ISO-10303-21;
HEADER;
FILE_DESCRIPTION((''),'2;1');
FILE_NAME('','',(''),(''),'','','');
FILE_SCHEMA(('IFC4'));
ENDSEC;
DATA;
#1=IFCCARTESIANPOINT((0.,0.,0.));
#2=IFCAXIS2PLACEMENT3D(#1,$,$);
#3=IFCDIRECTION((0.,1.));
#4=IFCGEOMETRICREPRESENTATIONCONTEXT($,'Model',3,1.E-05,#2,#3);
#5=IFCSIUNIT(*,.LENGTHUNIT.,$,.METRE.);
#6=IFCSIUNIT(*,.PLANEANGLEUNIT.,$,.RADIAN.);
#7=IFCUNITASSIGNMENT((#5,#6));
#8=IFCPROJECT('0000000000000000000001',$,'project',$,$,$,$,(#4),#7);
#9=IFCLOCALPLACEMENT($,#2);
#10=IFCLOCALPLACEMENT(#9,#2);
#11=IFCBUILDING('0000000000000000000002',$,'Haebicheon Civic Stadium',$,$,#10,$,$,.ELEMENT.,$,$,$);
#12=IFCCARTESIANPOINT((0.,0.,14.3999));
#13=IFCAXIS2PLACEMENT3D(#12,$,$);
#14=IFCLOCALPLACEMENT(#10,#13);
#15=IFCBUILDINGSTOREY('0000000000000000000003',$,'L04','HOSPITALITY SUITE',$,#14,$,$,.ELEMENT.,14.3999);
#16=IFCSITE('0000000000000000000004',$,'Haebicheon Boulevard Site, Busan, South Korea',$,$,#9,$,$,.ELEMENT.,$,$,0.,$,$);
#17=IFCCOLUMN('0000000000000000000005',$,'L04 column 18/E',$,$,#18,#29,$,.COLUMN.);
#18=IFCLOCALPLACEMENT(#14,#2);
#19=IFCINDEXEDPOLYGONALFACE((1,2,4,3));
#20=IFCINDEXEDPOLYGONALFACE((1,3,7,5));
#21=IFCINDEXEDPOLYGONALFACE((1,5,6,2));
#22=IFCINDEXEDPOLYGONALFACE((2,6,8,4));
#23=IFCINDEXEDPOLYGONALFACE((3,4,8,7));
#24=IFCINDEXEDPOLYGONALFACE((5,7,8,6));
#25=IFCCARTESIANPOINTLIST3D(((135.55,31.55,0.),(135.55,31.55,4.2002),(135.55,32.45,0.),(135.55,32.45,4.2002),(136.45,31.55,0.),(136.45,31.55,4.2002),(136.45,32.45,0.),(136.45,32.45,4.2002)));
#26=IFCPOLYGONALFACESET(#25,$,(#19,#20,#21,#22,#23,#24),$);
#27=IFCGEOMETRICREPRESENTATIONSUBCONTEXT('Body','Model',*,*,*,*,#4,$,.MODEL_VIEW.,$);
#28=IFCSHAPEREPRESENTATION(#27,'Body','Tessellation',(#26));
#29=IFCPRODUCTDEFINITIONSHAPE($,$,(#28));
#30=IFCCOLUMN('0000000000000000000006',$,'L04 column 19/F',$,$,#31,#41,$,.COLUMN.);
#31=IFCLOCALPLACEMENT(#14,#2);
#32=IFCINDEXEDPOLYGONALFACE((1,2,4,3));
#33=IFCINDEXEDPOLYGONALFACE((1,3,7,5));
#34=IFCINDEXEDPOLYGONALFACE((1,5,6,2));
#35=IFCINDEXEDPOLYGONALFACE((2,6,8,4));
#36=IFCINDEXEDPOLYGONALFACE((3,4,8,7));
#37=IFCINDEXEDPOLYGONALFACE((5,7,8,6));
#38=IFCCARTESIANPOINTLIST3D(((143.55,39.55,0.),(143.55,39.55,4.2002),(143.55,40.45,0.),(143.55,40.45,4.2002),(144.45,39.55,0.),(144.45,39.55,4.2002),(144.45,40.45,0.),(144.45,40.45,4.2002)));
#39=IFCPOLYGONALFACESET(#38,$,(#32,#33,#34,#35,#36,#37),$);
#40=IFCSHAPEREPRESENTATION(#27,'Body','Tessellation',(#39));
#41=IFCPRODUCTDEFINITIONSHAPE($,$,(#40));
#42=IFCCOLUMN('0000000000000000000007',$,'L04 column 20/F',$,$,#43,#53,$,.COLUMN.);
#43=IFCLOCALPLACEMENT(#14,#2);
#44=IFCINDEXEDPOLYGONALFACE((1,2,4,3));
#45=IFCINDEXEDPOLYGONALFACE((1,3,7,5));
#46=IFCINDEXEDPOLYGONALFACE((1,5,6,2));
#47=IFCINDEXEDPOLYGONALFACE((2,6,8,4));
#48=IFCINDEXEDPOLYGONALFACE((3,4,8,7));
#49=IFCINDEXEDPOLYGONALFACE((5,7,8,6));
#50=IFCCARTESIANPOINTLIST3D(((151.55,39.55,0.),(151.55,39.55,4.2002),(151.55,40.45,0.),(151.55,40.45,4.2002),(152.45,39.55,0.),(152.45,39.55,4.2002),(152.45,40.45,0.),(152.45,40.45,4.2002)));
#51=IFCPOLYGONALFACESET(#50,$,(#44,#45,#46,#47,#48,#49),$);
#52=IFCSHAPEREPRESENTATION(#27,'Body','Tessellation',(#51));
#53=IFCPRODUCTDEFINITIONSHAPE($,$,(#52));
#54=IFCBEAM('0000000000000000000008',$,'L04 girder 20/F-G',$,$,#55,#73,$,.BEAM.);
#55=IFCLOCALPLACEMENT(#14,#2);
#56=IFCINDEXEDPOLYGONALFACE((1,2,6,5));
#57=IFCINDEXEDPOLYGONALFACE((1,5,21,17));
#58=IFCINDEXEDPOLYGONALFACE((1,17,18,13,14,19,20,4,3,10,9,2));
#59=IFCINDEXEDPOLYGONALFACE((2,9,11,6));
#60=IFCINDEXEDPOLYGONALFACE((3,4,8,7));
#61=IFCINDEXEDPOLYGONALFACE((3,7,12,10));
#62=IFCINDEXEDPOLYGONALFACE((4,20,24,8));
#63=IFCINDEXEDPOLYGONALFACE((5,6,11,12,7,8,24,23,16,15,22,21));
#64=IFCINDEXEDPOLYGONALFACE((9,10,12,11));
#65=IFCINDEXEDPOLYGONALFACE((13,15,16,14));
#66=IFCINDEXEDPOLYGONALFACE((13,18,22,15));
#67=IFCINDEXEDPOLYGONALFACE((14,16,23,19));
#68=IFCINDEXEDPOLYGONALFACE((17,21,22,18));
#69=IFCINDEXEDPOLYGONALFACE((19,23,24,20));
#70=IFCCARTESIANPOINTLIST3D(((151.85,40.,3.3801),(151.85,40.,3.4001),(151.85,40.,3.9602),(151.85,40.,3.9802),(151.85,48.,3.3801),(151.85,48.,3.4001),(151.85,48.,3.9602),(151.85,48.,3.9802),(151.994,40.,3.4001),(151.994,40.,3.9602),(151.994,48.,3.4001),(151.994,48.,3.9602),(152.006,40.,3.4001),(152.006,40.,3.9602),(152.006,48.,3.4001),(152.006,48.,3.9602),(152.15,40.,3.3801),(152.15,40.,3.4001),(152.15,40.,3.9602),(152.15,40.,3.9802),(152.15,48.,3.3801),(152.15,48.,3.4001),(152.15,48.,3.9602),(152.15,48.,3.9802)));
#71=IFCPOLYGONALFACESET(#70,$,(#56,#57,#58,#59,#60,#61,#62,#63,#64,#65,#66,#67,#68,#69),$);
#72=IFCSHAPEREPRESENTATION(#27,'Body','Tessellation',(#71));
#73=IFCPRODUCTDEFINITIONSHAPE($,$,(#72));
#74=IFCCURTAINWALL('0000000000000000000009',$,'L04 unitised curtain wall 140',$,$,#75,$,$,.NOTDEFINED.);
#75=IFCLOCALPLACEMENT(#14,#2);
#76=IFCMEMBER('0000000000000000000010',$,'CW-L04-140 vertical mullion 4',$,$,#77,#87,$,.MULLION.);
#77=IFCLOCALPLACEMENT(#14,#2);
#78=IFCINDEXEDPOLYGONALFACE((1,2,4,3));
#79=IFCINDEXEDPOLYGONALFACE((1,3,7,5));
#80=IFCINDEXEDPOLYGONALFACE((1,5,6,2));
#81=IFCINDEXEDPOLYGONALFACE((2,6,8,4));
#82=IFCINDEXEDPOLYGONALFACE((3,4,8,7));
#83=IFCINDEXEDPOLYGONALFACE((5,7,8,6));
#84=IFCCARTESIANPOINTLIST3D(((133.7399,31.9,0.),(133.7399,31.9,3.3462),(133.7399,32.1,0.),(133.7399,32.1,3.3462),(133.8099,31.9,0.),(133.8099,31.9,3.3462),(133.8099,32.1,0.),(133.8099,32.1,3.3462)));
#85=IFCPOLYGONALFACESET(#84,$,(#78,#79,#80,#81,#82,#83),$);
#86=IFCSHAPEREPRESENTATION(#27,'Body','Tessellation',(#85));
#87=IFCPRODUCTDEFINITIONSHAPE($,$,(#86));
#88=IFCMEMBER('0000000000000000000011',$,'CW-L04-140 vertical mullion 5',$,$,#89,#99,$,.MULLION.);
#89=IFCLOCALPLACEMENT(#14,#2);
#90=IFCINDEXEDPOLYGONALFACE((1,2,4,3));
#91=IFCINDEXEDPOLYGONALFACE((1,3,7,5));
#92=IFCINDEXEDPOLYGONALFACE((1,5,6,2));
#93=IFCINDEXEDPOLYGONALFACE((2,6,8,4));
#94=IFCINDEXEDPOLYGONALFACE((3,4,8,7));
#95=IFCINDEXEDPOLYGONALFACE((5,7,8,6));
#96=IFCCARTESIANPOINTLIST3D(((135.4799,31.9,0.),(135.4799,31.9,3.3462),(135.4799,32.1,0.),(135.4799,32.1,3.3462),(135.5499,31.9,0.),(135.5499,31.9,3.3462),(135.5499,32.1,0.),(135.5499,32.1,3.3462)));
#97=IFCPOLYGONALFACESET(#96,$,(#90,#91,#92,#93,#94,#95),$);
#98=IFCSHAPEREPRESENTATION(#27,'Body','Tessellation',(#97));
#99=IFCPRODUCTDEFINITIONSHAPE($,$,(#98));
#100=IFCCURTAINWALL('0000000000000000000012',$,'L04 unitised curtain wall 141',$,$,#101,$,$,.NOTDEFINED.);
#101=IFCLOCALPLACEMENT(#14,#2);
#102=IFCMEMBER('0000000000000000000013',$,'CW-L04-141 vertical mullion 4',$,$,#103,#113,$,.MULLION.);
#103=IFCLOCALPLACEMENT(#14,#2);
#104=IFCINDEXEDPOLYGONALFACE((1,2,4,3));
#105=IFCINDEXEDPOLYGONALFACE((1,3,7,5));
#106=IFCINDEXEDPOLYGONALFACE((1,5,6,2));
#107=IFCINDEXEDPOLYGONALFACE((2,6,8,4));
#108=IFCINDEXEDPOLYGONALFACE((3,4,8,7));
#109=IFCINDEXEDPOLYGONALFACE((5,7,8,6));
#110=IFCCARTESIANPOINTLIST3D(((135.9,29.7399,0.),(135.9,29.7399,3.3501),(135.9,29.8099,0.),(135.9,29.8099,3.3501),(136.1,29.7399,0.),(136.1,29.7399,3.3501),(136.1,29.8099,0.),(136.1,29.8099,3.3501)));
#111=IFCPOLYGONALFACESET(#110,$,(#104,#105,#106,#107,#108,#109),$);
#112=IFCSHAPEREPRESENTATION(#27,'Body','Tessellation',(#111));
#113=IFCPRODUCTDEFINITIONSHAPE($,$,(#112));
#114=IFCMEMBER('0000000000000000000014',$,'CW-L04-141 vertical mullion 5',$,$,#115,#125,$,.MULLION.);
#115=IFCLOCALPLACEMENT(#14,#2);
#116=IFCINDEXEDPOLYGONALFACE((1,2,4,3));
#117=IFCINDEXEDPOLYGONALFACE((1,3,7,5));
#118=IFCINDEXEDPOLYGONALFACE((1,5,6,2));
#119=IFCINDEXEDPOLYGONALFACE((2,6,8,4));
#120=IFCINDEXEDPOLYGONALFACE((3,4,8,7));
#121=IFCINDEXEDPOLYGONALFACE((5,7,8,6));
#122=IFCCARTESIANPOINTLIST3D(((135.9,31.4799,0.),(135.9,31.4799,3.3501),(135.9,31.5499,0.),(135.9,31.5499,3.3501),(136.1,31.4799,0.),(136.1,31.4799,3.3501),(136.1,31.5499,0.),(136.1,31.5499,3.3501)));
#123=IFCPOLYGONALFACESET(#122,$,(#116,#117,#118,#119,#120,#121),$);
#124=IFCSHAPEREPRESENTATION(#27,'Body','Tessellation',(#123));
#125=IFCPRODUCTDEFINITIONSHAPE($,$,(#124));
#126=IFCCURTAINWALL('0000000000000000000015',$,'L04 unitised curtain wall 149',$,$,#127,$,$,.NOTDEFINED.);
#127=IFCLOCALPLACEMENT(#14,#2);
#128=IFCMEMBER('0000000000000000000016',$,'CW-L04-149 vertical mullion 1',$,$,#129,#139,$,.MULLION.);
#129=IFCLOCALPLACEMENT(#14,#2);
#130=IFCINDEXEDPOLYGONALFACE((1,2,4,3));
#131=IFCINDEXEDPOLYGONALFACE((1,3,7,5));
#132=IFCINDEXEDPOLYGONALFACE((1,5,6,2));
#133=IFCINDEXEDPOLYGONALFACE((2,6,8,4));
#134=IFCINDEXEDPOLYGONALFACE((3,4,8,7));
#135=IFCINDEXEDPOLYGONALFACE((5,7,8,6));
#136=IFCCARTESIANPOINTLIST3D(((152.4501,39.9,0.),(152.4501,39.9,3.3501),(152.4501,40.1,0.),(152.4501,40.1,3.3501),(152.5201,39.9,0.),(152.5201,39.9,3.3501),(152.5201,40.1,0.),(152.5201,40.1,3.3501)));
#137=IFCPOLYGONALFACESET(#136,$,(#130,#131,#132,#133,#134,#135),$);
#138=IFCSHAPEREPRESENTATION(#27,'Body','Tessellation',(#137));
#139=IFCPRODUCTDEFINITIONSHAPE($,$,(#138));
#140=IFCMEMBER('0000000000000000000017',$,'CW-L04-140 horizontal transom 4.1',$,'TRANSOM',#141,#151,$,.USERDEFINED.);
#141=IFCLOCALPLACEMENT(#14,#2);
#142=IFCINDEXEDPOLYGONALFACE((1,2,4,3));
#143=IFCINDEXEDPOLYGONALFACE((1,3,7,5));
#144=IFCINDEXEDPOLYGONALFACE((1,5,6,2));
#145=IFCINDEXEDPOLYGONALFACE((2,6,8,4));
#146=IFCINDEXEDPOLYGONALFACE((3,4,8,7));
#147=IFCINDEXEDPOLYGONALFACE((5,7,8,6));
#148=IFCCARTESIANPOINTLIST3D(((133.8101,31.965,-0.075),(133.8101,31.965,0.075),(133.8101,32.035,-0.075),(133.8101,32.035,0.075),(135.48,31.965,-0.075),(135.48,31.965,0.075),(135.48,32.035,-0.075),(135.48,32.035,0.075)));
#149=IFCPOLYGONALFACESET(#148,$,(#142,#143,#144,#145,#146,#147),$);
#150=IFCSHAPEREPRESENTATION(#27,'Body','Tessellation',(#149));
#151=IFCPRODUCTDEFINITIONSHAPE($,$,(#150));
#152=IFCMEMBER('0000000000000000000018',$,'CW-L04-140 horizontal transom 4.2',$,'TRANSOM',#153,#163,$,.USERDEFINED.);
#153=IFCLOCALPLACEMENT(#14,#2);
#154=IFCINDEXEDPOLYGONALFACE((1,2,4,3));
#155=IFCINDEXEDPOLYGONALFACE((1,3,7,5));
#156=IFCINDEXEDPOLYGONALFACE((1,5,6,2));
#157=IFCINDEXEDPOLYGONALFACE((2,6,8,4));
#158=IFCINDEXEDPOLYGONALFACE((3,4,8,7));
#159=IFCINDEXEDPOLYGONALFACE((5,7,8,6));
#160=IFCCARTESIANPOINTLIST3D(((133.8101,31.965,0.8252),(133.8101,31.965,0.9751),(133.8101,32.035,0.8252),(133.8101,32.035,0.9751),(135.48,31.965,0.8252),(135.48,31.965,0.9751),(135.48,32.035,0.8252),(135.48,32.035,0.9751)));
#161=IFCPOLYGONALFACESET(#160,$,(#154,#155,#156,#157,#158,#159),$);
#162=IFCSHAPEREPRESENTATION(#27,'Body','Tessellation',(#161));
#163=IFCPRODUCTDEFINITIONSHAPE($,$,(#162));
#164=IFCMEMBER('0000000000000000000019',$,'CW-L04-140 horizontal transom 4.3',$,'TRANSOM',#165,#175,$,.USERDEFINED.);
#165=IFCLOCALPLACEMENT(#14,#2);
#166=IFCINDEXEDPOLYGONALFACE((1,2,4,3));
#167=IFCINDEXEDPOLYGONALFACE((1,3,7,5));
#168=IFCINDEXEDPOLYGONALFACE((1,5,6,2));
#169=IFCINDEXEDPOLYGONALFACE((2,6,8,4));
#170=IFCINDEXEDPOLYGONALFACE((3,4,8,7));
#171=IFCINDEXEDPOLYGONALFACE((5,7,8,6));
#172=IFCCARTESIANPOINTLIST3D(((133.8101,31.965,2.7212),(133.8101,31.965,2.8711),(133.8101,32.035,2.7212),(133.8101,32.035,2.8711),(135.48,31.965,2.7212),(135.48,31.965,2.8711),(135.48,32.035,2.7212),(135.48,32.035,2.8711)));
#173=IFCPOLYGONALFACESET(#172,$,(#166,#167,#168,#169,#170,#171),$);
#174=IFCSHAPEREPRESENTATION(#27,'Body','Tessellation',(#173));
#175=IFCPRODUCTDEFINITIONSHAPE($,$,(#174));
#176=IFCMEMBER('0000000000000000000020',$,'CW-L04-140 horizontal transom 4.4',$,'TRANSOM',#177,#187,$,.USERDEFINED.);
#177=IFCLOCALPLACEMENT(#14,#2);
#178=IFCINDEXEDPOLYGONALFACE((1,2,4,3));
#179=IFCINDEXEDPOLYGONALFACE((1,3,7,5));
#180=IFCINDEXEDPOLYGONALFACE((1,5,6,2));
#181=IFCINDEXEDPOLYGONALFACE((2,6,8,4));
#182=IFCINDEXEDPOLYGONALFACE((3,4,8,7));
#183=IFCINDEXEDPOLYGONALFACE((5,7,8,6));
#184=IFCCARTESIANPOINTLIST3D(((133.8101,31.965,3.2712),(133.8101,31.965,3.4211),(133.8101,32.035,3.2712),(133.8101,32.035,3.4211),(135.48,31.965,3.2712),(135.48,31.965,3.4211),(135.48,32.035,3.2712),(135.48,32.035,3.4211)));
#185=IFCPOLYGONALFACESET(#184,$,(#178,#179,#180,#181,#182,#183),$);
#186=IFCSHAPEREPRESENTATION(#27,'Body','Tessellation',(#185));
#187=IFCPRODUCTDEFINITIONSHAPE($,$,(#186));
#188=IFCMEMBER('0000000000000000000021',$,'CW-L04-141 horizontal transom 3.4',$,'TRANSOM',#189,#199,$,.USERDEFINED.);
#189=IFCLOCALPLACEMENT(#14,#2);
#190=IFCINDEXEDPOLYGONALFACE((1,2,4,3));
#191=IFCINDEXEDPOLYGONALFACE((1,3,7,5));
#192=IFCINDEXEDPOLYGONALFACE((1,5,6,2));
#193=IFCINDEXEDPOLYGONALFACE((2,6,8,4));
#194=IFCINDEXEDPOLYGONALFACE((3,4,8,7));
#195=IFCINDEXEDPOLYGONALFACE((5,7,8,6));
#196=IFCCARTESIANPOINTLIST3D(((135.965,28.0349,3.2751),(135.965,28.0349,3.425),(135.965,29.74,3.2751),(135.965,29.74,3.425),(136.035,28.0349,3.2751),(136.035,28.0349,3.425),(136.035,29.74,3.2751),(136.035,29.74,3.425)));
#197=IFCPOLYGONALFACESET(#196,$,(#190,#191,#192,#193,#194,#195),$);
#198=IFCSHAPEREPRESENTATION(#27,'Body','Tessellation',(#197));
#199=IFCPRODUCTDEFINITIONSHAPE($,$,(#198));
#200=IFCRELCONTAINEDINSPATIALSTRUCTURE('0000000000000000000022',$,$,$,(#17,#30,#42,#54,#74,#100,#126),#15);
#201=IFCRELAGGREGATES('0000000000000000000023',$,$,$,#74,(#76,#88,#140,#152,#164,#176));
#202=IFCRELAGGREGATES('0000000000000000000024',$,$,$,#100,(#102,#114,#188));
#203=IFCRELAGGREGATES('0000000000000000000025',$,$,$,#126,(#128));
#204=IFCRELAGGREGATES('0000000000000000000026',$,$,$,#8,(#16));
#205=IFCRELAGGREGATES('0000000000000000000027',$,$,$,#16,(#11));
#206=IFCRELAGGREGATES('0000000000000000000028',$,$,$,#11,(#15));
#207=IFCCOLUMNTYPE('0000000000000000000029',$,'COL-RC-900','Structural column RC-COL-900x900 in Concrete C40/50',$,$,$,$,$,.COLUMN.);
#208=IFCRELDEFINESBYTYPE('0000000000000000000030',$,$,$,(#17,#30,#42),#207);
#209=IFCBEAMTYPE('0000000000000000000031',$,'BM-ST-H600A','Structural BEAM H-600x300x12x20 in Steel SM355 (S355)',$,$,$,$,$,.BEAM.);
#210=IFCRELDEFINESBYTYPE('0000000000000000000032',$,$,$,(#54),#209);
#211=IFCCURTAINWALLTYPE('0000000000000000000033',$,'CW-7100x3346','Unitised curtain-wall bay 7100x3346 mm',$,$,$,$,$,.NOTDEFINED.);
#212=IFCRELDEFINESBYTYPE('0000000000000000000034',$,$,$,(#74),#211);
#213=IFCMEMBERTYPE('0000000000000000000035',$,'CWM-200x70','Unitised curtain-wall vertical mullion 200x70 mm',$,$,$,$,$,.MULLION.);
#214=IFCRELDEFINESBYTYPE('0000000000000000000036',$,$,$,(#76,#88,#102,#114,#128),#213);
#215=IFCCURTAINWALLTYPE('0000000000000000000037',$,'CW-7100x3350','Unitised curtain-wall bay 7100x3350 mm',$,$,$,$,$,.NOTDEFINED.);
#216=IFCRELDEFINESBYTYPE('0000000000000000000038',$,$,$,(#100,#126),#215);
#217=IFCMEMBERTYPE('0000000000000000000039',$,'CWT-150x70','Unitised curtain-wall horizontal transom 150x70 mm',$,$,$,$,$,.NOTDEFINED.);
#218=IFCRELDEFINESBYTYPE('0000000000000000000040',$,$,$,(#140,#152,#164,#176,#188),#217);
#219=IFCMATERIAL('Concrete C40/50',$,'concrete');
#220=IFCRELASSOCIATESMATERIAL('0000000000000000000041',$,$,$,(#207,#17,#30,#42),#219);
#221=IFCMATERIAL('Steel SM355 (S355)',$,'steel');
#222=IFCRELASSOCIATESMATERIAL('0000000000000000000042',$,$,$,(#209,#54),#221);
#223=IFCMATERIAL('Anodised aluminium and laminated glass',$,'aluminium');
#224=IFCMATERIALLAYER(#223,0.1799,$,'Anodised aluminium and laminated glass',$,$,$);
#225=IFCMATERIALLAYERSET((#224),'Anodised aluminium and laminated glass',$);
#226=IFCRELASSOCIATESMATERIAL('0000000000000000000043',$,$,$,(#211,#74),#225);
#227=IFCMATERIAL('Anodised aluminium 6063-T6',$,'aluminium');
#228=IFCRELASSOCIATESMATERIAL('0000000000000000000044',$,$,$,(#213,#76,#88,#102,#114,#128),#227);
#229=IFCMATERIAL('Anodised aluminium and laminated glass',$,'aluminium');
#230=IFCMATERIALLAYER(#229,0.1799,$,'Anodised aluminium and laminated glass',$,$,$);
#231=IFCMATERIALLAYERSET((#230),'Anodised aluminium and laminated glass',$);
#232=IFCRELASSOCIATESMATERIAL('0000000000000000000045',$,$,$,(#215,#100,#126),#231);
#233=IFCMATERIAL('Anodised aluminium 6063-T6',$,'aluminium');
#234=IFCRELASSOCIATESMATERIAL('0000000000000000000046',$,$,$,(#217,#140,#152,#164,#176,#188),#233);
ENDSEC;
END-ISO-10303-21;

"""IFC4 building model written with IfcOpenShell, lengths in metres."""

from ifc_helpers import new_model, si_unit, direction, frame, origin, origin_2d, place, context, subcontext, project, spatial, rectangle, i_section, extrude, material, layer, layer_set, material_profile, profile_set, type_object, element, aggregate, save


model = new_model("IFC4")

# Units and contexts
model_context = context("Model", 3, precision=1e-05, world=origin(), true_north=direction((0.0, 1.0)))
body_context = subcontext(model_context, "Body", "Model", "MODEL_VIEW")
ifc_project = project(units=[si_unit("LENGTHUNIT", "METRE"), si_unit("PLANEANGLEUNIT", "RADIAN")], contexts=[model_context])

# Site, building, storey
site_placement = place(None, origin())
site = spatial("IfcSite", under=ifc_project, at=site_placement, Name="Haebicheon Boulevard Site, Busan, South Korea", CompositionType="ELEMENT", RefElevation=0.0)
building_placement = place(site_placement, origin())
building = spatial("IfcBuilding", under=site, at=building_placement, Name="Haebicheon Civic Stadium", CompositionType="ELEMENT")
storey_placement = place(building_placement, frame((0.0, 0.0, 14.3999)))
storey = spatial("IfcBuildingStorey", under=building, at=storey_placement, Name="L04", Description="HOSPITALITY SUITE", CompositionType="ELEMENT", Elevation=14.3999)

# Columns
ifc_material_1 = material(Name="Concrete C40/50", Category="concrete")
ifc_material_profile_1 = material_profile(ifc_material_1, rectangle(XDim=0.8999, YDim=0.8999, at=origin_2d()), Name="RC-COL-900x900")
ifc_profile_set_1 = profile_set([ifc_material_profile_1], Name="Concrete C40/50")
column_type = type_object("IfcColumnType", Name="COL-RC-900", Description="Structural column RC-COL-900x900 in Concrete C40/50", PredefinedType="COLUMN", material=ifc_profile_set_1)
for number, where, z_axis, x_axis, name in (
    (1, (136.0, 32.0, 0.0), (0.0, 0.0, 1.0), (1.0, 0.0, 0.0), "L04 column 18/E"),
    (2, (144.0, 40.0, 0.0), (0.0, 0.0, 1.0), (1.0, 0.0, 0.0), "L04 column 19/F"),
    (3, (152.0, 40.0, 0.0), (0.0, 0.0, 1.0), (1.0, 0.0, 0.0), "L04 column 20/F"),
):
    element("IfcColumn", number, at=place(storey_placement, frame(where, z_axis=z_axis, x_axis=x_axis)), inside=storey, type_object=column_type, material=ifc_profile_set_1, Name=name, PredefinedType="COLUMN", context=body_context, shape_type="SweptSolid", body=[
        extrude(rectangle(XDim=0.8999, YDim=0.8999, at=origin_2d()), origin(), (0.0, 0.0, 1.0), 4.2002),
    ])

# Beam
ifc_material_2 = material(Name="Steel SM355 (S355)", Category="steel")
ifc_material_profile_2 = material_profile(ifc_material_2, i_section(OverallWidth=0.3, OverallDepth=0.6001, WebThickness=0.012, FlangeThickness=0.02, at=origin_2d()), Name="H-600x300x12x20")
ifc_profile_set_2 = profile_set([ifc_material_profile_2], Name="Steel SM355 (S355)")
beam_type_1 = type_object("IfcBeamType", Name="BM-ST-H600A", Description="Structural BEAM H-600x300x12x20 in Steel SM355 (S355)", PredefinedType="BEAM", material=ifc_profile_set_2)
beam_placement = place(storey_placement, frame((152.0, 40.0, 3.6802), z_axis=(0.0, 1.0, 0.0), x_axis=(-1.0, 0.0, 0.0)))
element("IfcBeam", 4, at=beam_placement, inside=storey, type_object=beam_type_1, material=ifc_profile_set_2, Name="L04 girder 20/F-G", PredefinedType="BEAM", context=body_context, shape_type="SweptSolid", body=[
    extrude(i_section(OverallWidth=0.3, OverallDepth=0.6001, WebThickness=0.012, FlangeThickness=0.02, at=origin_2d()), origin(), (0.0, 0.0, 1.0), 8.0),
])

# Curtain walls, members
ifc_material_3 = material(Name="Anodised aluminium and laminated glass", Category="aluminium")
ifc_layer_1 = layer(ifc_material_3, 0.1799, Name="Anodised aluminium and laminated glass")
ifc_layer_set_1 = layer_set([ifc_layer_1], Name="Anodised aluminium and laminated glass")
curtain_wall_type_1 = type_object("IfcCurtainWallType", Name="CW-7100x3346", Description="Unitised curtain-wall bay 7100x3346 mm", PredefinedType="NOTDEFINED", material=ifc_layer_set_1)
curtain_wall_1_placement = place(storey_placement, origin())
curtain_wall_1 = element("IfcCurtainWall", 5, at=curtain_wall_1_placement, inside=storey, type_object=curtain_wall_type_1, material=ifc_layer_set_1, Name="L04 unitised curtain wall 140", PredefinedType="NOTDEFINED")
ifc_material_4 = material(Name="Anodised aluminium 6063-T6", Category="aluminium")
ifc_material_profile_3 = material_profile(ifc_material_4, rectangle(XDim=0.0701, YDim=0.2, at=origin_2d()), Name="ALU-MULL-70x200")
ifc_profile_set_3 = profile_set([ifc_material_profile_3], Name="Anodised aluminium 6063-T6")
member_type_1 = type_object("IfcMemberType", Name="CWM-200x70", Description="Unitised curtain-wall vertical mullion 200x70 mm", PredefinedType="MULLION", material=ifc_profile_set_3)
member_1_placement = place(storey_placement, frame((133.7749, 32.0, 0.0), z_axis=(0.0, 0.0, 1.0), x_axis=(1.0, 0.0, 0.0)))
member_1 = element("IfcMember", 6, at=member_1_placement, type_object=member_type_1, material=ifc_profile_set_3, Name="CW-L04-140 vertical mullion 4", PredefinedType="MULLION", context=body_context, shape_type="SweptSolid", body=[
    extrude(rectangle(XDim=0.0701, YDim=0.2, at=origin_2d()), origin(), (0.0, 0.0, 1.0), 3.3462),
])
member_2_placement = place(storey_placement, frame((135.5149, 32.0, 0.0), z_axis=(0.0, 0.0, 1.0), x_axis=(1.0, 0.0, 0.0)))
member_2 = element("IfcMember", 7, at=member_2_placement, type_object=member_type_1, material=ifc_profile_set_3, Name="CW-L04-140 vertical mullion 5", PredefinedType="MULLION", context=body_context, shape_type="SweptSolid", body=[
    extrude(rectangle(XDim=0.0701, YDim=0.2, at=origin_2d()), origin(), (0.0, 0.0, 1.0), 3.3462),
])
ifc_material_5 = material(Name="Anodised aluminium and laminated glass", Category="aluminium")
ifc_layer_2 = layer(ifc_material_5, 0.1799, Name="Anodised aluminium and laminated glass")
ifc_layer_set_2 = layer_set([ifc_layer_2], Name="Anodised aluminium and laminated glass")
curtain_wall_type_2 = type_object("IfcCurtainWallType", Name="CW-7100x3350", Description="Unitised curtain-wall bay 7100x3350 mm", PredefinedType="NOTDEFINED", material=ifc_layer_set_2)
curtain_wall_2_placement = place(storey_placement, origin())
curtain_wall_2 = element("IfcCurtainWall", 8, at=curtain_wall_2_placement, inside=storey, type_object=curtain_wall_type_2, material=ifc_layer_set_2, Name="L04 unitised curtain wall 141", PredefinedType="NOTDEFINED")
member_3_placement = place(storey_placement, frame((136.0, 29.7749, 0.0), z_axis=(0.0, 0.0, 1.0), x_axis=(0.0, 1.0, 0.0)))
member_3 = element("IfcMember", 9, at=member_3_placement, type_object=member_type_1, material=ifc_profile_set_3, Name="CW-L04-141 vertical mullion 4", PredefinedType="MULLION", context=body_context, shape_type="SweptSolid", body=[
    extrude(rectangle(XDim=0.0701, YDim=0.2, at=origin_2d()), origin(), (0.0, 0.0, 1.0), 3.3501),
])
member_4_placement = place(storey_placement, frame((136.0, 31.5149, 0.0), z_axis=(0.0, 0.0, 1.0), x_axis=(0.0, 1.0, 0.0)))
member_4 = element("IfcMember", 10, at=member_4_placement, type_object=member_type_1, material=ifc_profile_set_3, Name="CW-L04-141 vertical mullion 5", PredefinedType="MULLION", context=body_context, shape_type="SweptSolid", body=[
    extrude(rectangle(XDim=0.0701, YDim=0.2, at=origin_2d()), origin(), (0.0, 0.0, 1.0), 3.3501),
])

# Curtain wall, member
curtain_wall_3_placement = place(storey_placement, origin())
curtain_wall_3 = element("IfcCurtainWall", 11, at=curtain_wall_3_placement, inside=storey, type_object=curtain_wall_type_2, material=ifc_layer_set_2, Name="L04 unitised curtain wall 149", PredefinedType="NOTDEFINED")
member_5_placement = place(storey_placement, frame((152.4851, 40.0, 0.0), z_axis=(0.0, 0.0, 1.0), x_axis=(1.0, 0.0, 0.0)))
member_5 = element("IfcMember", 12, at=member_5_placement, type_object=member_type_1, material=ifc_profile_set_3, Name="CW-L04-149 vertical mullion 1", PredefinedType="MULLION", context=body_context, shape_type="SweptSolid", body=[
    extrude(rectangle(XDim=0.0701, YDim=0.2, at=origin_2d()), origin(), (0.0, 0.0, 1.0), 3.3501),
])

# Members
ifc_material_6 = material(Name="Anodised aluminium 6063-T6", Category="aluminium")
ifc_material_profile_4 = material_profile(ifc_material_6, rectangle(XDim=0.0701, YDim=0.1499, at=origin_2d()), Name="ALU-TRAN-70x150")
ifc_profile_set_4 = profile_set([ifc_material_profile_4], Name="Anodised aluminium 6063-T6")
member_type_2 = type_object("IfcMemberType", Name="CWT-150x70", Description="Unitised curtain-wall horizontal transom 150x70 mm", PredefinedType="NOTDEFINED", material=ifc_profile_set_4)
member_6_placement = place(storey_placement, frame((133.8101, 32.0, 0.0), z_axis=(1.0, 0.0, 0.0), x_axis=(0.0, 1.0, 0.0)))
member_6 = element("IfcMember", 13, at=member_6_placement, type_object=member_type_2, material=ifc_profile_set_4, Name="CW-L04-140 horizontal transom 4.1", ObjectType="TRANSOM", PredefinedType="USERDEFINED", context=body_context, shape_type="SweptSolid", body=[
    extrude(rectangle(XDim=0.0701, YDim=0.1499, at=origin_2d()), origin(), (0.0, 0.0, 1.0), 1.6699),
])
member_7_placement = place(storey_placement, frame((133.8101, 32.0, 0.9001), z_axis=(1.0, 0.0, 0.0), x_axis=(0.0, 1.0, 0.0)))
member_7 = element("IfcMember", 14, at=member_7_placement, type_object=member_type_2, material=ifc_profile_set_4, Name="CW-L04-140 horizontal transom 4.2", ObjectType="TRANSOM", PredefinedType="USERDEFINED", context=body_context, shape_type="SweptSolid", body=[
    extrude(rectangle(XDim=0.0701, YDim=0.1499, at=origin_2d()), origin(), (0.0, 0.0, 1.0), 1.6699),
])
member_8_placement = place(storey_placement, frame((133.8101, 32.0, 2.7961), z_axis=(1.0, 0.0, 0.0), x_axis=(0.0, 1.0, 0.0)))
member_8 = element("IfcMember", 15, at=member_8_placement, type_object=member_type_2, material=ifc_profile_set_4, Name="CW-L04-140 horizontal transom 4.3", ObjectType="TRANSOM", PredefinedType="USERDEFINED", context=body_context, shape_type="SweptSolid", body=[
    extrude(rectangle(XDim=0.0701, YDim=0.1499, at=origin_2d()), origin(), (0.0, 0.0, 1.0), 1.6699),
])
member_9_placement = place(storey_placement, frame((133.8101, 32.0, 3.3462), z_axis=(1.0, 0.0, 0.0), x_axis=(0.0, 1.0, 0.0)))
member_9 = element("IfcMember", 16, at=member_9_placement, type_object=member_type_2, material=ifc_profile_set_4, Name="CW-L04-140 horizontal transom 4.4", ObjectType="TRANSOM", PredefinedType="USERDEFINED", context=body_context, shape_type="SweptSolid", body=[
    extrude(rectangle(XDim=0.0701, YDim=0.1499, at=origin_2d()), origin(), (0.0, 0.0, 1.0), 1.6699),
])
member_10_placement = place(storey_placement, frame((136.0, 28.0349, 3.3501), z_axis=(0.0, 1.0, 0.0), x_axis=(-1.0, 0.0, 0.0)))
member_10 = element("IfcMember", 17, at=member_10_placement, type_object=member_type_2, material=ifc_profile_set_4, Name="CW-L04-141 horizontal transom 3.4", ObjectType="TRANSOM", PredefinedType="USERDEFINED", context=body_context, shape_type="SweptSolid", body=[
    extrude(rectangle(XDim=0.0701, YDim=0.1499, at=origin_2d()), origin(), (0.0, 0.0, 1.0), 1.7051),
])

aggregate(curtain_wall_1, [member_1, member_2, member_6, member_7, member_8, member_9])
aggregate(curtain_wall_2, [member_3, member_4, member_10])
aggregate(curtain_wall_3, [member_5])

save(model, "model.ifc")
